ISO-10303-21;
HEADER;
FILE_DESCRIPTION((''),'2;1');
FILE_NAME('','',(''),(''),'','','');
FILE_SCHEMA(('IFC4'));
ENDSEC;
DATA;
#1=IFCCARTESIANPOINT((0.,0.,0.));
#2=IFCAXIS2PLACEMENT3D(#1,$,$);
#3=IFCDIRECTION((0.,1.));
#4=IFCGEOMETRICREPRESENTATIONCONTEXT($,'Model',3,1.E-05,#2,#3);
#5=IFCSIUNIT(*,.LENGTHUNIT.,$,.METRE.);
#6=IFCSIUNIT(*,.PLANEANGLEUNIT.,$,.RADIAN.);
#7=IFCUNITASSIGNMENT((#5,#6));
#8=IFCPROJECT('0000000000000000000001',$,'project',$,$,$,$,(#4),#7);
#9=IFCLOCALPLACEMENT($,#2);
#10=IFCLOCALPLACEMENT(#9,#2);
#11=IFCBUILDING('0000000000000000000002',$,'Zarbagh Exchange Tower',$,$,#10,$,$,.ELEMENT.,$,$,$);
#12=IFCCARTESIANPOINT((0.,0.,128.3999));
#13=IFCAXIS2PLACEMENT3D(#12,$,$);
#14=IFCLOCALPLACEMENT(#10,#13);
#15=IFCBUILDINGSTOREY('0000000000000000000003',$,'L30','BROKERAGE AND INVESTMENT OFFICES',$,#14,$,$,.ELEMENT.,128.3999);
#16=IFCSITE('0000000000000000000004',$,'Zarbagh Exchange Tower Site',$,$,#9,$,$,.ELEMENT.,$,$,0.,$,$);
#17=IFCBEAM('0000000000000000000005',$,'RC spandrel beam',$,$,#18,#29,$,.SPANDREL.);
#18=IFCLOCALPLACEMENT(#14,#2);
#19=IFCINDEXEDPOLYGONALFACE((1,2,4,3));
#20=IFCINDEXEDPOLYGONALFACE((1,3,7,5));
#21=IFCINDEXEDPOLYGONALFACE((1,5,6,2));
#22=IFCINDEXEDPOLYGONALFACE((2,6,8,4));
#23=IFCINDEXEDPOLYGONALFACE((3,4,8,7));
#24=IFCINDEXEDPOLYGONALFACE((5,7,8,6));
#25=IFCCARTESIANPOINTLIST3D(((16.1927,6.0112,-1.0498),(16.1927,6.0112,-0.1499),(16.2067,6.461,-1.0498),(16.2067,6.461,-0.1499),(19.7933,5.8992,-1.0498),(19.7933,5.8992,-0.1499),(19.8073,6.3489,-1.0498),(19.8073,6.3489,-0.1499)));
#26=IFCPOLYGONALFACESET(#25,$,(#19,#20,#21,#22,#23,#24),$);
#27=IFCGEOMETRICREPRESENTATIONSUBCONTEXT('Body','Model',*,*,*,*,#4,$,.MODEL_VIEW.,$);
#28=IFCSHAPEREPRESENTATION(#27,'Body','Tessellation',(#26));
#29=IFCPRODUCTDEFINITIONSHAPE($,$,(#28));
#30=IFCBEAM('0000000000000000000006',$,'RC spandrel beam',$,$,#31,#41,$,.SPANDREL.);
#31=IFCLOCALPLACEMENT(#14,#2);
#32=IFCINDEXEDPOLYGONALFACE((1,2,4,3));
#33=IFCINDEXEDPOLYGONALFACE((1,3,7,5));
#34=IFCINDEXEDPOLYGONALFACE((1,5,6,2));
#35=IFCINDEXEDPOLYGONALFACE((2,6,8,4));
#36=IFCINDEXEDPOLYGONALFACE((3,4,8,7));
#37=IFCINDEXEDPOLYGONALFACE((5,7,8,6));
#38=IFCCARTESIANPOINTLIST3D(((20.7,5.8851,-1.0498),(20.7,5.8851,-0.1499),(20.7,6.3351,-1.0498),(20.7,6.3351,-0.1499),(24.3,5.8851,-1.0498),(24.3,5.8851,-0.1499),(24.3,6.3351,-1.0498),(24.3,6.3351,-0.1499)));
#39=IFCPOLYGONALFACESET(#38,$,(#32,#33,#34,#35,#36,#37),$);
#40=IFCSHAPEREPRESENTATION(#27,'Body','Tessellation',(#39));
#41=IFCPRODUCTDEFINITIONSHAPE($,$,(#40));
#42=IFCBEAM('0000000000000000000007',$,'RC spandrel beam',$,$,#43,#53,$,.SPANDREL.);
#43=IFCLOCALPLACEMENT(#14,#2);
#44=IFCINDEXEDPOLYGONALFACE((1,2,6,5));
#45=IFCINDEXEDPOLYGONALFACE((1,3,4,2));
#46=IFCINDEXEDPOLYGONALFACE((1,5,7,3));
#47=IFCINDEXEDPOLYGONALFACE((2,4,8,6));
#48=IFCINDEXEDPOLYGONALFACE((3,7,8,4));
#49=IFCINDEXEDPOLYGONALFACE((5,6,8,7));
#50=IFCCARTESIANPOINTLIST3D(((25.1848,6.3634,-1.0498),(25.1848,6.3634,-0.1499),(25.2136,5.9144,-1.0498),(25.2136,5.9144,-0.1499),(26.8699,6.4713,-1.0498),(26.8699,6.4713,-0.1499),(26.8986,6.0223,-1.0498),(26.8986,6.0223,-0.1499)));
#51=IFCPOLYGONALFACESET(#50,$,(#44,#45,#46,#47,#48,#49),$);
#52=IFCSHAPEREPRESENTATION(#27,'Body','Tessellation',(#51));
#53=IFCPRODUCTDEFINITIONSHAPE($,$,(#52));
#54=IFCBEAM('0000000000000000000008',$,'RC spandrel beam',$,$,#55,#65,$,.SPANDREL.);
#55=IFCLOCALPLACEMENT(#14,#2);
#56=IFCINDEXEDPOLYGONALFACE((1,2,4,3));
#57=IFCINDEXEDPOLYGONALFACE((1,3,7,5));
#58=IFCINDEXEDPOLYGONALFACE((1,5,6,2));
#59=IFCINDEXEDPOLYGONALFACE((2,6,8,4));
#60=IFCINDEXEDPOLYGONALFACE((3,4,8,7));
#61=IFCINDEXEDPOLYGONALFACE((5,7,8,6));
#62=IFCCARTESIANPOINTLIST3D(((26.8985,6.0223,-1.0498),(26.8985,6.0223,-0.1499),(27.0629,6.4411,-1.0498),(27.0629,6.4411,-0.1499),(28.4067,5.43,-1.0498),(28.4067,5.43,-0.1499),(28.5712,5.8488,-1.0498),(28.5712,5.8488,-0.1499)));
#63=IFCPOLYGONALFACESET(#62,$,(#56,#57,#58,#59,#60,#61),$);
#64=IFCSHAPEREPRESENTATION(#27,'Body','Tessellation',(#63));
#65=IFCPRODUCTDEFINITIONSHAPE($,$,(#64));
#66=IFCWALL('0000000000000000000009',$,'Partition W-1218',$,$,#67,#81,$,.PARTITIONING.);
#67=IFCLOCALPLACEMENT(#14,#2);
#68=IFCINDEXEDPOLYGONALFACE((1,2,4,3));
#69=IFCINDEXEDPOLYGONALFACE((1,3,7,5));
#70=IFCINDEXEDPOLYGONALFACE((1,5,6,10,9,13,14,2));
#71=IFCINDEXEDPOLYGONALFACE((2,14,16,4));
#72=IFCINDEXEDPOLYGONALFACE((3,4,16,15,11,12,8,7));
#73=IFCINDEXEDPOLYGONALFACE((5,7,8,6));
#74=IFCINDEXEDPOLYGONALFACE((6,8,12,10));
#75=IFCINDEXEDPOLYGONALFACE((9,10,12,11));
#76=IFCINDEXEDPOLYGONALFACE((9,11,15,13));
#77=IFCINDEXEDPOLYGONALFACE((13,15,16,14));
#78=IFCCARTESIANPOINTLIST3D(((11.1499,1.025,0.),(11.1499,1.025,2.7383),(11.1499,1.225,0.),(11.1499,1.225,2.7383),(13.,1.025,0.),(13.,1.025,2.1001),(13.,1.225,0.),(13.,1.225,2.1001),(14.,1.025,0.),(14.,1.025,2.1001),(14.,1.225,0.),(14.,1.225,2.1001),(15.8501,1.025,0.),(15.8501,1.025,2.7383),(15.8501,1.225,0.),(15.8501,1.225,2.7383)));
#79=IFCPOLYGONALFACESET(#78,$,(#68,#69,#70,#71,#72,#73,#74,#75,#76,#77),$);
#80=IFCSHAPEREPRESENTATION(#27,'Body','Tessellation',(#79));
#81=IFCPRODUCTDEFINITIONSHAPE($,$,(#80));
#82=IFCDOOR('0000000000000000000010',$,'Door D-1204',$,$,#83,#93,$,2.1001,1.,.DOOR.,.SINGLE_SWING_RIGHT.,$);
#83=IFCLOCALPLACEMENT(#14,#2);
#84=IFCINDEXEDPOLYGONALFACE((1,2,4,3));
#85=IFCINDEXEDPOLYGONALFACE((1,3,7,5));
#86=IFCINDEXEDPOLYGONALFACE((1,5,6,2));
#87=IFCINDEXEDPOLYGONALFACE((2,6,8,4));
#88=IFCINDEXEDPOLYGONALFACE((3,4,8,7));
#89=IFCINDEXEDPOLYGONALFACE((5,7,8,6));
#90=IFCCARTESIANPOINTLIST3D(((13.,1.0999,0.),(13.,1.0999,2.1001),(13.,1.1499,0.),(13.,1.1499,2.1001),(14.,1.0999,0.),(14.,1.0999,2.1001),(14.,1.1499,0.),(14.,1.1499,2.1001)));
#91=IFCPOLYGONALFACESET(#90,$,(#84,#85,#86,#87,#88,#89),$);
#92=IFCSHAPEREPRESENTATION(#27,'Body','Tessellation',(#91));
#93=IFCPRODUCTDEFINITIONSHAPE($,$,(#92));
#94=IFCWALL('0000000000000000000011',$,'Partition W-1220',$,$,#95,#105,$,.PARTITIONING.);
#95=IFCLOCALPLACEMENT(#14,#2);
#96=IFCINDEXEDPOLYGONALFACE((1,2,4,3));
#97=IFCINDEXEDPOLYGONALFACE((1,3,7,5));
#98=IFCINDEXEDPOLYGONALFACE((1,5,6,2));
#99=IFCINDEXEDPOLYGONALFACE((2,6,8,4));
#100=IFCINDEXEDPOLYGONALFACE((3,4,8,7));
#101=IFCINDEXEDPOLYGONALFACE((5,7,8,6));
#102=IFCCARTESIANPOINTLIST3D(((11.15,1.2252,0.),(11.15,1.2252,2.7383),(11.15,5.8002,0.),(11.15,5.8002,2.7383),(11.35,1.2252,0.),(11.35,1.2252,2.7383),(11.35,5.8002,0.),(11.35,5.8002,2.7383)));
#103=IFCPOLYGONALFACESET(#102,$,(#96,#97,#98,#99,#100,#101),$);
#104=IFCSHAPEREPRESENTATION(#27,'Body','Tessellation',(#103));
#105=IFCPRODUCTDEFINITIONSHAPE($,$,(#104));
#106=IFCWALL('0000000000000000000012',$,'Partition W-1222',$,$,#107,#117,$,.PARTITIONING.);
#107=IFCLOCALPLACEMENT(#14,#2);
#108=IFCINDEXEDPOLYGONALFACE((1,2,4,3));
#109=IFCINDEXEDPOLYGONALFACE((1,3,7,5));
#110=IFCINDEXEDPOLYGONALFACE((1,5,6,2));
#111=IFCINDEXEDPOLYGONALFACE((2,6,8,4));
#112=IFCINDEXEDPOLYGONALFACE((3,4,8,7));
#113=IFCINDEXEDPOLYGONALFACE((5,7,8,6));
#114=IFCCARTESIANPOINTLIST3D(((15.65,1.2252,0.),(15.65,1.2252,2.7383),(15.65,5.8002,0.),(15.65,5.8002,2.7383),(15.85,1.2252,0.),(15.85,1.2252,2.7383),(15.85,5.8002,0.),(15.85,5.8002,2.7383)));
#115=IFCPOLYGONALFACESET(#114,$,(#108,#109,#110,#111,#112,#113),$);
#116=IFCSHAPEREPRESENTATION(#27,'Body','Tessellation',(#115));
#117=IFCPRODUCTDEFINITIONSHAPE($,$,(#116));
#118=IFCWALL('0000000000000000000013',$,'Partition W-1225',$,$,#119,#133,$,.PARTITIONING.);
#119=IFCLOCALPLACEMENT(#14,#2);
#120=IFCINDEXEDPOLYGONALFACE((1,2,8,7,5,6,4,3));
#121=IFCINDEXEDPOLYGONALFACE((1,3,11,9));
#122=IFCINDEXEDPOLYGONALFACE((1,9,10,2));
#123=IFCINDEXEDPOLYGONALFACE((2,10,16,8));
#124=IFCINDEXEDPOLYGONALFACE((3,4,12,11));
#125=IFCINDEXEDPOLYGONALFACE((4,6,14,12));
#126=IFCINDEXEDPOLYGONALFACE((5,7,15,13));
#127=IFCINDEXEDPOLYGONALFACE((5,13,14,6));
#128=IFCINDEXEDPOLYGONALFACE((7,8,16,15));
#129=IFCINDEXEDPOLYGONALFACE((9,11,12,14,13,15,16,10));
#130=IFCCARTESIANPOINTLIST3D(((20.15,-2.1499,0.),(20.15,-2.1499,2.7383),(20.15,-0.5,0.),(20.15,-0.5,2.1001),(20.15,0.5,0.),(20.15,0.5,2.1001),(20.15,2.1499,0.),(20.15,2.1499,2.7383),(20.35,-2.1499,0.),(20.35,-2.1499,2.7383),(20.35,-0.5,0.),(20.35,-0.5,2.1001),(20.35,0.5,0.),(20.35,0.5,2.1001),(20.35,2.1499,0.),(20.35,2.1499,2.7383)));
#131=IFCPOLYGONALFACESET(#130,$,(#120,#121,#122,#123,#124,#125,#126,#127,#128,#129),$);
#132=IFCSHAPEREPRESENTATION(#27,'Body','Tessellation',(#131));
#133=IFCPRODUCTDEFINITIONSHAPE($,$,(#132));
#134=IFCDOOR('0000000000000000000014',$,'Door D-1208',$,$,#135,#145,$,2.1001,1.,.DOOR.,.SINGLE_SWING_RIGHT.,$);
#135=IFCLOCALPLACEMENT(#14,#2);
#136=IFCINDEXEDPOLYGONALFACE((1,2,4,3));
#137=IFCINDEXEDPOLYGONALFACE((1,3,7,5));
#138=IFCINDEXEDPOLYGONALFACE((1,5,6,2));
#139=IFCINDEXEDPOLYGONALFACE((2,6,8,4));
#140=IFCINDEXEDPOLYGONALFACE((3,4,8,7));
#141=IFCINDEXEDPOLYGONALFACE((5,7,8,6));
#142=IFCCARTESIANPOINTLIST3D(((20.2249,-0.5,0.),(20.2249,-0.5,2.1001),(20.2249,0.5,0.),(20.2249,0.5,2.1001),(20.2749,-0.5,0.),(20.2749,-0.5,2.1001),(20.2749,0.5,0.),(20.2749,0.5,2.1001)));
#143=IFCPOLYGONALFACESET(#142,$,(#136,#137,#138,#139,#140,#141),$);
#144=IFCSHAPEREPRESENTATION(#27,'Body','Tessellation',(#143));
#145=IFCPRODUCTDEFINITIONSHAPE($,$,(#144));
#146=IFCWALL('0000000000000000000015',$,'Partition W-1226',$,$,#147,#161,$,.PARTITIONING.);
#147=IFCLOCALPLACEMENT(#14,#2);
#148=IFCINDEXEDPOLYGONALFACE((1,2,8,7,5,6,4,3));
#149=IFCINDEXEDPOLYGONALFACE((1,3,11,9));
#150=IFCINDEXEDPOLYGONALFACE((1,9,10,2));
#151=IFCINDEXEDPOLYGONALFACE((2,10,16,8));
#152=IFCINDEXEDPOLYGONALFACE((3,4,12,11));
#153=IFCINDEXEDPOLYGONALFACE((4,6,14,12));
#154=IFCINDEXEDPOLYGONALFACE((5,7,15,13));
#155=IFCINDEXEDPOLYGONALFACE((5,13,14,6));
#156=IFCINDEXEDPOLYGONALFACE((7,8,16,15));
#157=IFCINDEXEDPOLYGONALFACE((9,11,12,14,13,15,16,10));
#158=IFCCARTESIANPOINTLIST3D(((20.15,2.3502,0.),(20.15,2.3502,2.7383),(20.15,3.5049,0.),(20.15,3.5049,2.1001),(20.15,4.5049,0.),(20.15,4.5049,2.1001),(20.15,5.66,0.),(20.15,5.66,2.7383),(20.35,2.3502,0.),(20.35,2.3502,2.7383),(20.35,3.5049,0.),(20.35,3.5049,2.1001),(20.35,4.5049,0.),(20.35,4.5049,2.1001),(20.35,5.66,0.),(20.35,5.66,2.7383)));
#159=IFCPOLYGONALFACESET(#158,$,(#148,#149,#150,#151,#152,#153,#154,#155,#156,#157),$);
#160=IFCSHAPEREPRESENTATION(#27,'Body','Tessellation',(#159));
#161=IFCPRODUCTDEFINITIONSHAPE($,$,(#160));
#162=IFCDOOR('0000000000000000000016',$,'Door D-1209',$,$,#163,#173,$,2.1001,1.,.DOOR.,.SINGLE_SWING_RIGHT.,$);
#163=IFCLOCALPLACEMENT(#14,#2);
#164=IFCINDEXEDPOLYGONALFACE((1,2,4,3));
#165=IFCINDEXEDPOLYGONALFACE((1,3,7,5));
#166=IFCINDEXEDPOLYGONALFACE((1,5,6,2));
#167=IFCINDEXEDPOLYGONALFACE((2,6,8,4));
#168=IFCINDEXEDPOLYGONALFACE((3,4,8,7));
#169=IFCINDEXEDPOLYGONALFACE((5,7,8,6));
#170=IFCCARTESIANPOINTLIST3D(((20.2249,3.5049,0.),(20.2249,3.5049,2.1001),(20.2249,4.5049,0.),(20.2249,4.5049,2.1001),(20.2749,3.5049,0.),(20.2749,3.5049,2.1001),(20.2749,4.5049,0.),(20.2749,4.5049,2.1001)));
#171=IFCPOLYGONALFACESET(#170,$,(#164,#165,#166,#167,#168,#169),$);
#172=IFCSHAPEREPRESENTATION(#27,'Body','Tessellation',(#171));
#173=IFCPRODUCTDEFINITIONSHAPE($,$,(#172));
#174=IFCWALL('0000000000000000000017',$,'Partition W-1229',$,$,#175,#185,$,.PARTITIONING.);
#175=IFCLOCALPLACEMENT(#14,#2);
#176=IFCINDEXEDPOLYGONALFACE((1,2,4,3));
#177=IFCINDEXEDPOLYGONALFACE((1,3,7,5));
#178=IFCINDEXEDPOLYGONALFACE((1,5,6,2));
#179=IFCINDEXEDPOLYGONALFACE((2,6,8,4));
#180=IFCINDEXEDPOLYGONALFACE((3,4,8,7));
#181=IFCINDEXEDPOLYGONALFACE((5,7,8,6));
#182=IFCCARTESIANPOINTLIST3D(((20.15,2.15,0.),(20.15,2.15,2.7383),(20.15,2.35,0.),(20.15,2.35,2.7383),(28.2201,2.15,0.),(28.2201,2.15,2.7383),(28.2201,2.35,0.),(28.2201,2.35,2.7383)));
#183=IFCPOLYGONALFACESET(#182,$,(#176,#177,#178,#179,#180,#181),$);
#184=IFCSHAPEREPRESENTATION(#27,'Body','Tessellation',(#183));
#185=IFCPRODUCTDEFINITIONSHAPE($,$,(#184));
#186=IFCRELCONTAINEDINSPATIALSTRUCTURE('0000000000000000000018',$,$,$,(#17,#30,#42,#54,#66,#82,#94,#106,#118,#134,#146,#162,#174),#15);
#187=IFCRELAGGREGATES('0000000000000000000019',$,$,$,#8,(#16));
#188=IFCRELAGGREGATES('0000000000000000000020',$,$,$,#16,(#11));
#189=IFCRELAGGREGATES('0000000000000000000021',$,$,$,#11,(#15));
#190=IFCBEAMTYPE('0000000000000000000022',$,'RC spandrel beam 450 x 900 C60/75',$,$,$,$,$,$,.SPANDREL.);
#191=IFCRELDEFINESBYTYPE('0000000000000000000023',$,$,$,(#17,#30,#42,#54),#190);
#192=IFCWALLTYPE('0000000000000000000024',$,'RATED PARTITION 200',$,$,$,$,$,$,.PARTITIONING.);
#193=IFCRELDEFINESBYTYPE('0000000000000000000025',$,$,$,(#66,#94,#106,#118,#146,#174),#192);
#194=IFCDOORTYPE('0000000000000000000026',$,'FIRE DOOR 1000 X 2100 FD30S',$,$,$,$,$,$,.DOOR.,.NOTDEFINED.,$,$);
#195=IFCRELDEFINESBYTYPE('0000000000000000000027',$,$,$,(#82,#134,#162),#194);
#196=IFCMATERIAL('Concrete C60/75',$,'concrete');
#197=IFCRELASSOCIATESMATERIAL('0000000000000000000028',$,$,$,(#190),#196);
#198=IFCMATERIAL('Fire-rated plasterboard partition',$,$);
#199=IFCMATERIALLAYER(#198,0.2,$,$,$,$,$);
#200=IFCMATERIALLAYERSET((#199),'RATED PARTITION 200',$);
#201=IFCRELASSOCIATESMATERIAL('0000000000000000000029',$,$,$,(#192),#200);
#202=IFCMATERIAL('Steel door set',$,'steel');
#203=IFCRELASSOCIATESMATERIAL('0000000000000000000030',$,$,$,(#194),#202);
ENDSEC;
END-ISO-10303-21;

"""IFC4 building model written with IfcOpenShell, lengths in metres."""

from ifc_helpers import new_model, si_unit, direction, frame, frame_2d, origin, origin_2d, place, context, subcontext, project, spatial, rectangle, extrude, material, layer, layer_set, material_profile, profile_set, type_object, element, fill, save


model = new_model("IFC4")

# Units and contexts
model_context = context("Model", 3, precision=1e-05, world=origin(), true_north=direction((0.0, 1.0)))
body_context = subcontext(model_context, "Body", "Model", "MODEL_VIEW")
ifc_project = project(units=[si_unit("LENGTHUNIT", "METRE"), si_unit("PLANEANGLEUNIT", "RADIAN")], contexts=[model_context])

# Site, building, storey
site_placement = place(None, origin())
site = spatial("IfcSite", under=ifc_project, at=site_placement, Name="Zarbagh Exchange Tower Site", CompositionType="ELEMENT", RefElevation=0.0)
building_placement = place(site_placement, origin())
building = spatial("IfcBuilding", under=site, at=building_placement, Name="Zarbagh Exchange Tower", CompositionType="ELEMENT")
storey_placement = place(building_placement, frame((0.0, 0.0, 128.3999)))
storey = spatial("IfcBuildingStorey", under=building, at=storey_placement, Name="L30", Description="BROKERAGE AND INVESTMENT OFFICES", CompositionType="ELEMENT", Elevation=128.3999)

# Shared definitions
ifc_material_1 = material(Name="Concrete C60/75", Category="concrete")

# Beams
ifc_material_profile_1 = material_profile(ifc_material_1, rectangle(XDim=0.45, YDim=0.8999, at=origin_2d()), Name="RC spandrel beam 450 x 900 C60/75")
ifc_profile_set_1 = profile_set([ifc_material_profile_1], Name="Concrete C60/75")
beam_type_1 = type_object("IfcBeamType", Name="RC spandrel beam 450 x 900 C60/75", PredefinedType="SPANDREL", material=ifc_profile_set_1)
beam_1_placement = place(storey_placement, frame((16.1997, 6.2361, -0.5999), z_axis=(0.999516, -0.031108, 0.0), x_axis=(0.031108, 0.999516, 0.0)))
element("IfcBeam", 1, at=beam_1_placement, inside=storey, type_object=beam_type_1, Name="RC spandrel beam", PredefinedType="SPANDREL", context=body_context, shape_type="SweptSolid", body=[
    extrude(rectangle(XDim=0.45, YDim=0.8999, at=origin_2d()), origin(), (0.0, 0.0, 1.0), 3.6023),
])
beam_2_placement = place(storey_placement, frame((20.7, 6.1101, -0.5999), z_axis=(1.0, 0.0, 0.0), x_axis=(0.0, 1.0, 0.0)))
element("IfcBeam", 2, at=beam_2_placement, inside=storey, type_object=beam_type_1, Name="RC spandrel beam", PredefinedType="SPANDREL", context=body_context, shape_type="SweptSolid", body=[
    extrude(rectangle(XDim=0.45, YDim=0.8999, at=origin_2d()), origin(), (0.0, 0.0, 1.0), 3.6001),
])
beam_3_placement = place(storey_placement, frame((25.1992, 6.1389, -0.5999), z_axis=(0.997956, 0.063908, 0.0), x_axis=(-0.063908, 0.997956, 0.0)))
element("IfcBeam", 3, at=beam_3_placement, inside=storey, type_object=beam_type_1, Name="RC spandrel beam", PredefinedType="SPANDREL", context=body_context, shape_type="SweptSolid", body=[
    extrude(rectangle(XDim=0.45, YDim=0.8999, at=origin_2d()), origin(), (0.0, 0.0, 1.0), 1.6885),
])
beam_4_placement = place(storey_placement, frame((26.9807, 6.2317, -0.5999), z_axis=(0.930806, -0.365513, 0.0), x_axis=(0.365513, 0.930806, 0.0)))
element("IfcBeam", 4, at=beam_4_placement, inside=storey, type_object=beam_type_1, Name="RC spandrel beam", PredefinedType="SPANDREL", context=body_context, shape_type="SweptSolid", body=[
    extrude(rectangle(XDim=0.45, YDim=0.8999, at=origin_2d()), origin(), (0.0, 0.0, 1.0), 1.6204),
])

# Wall, opening, door
ifc_material_2 = material(Name="Fire-rated plasterboard partition")
ifc_layer = layer(ifc_material_2, 0.2)
ifc_layer_set = layer_set([ifc_layer], Name="RATED PARTITION 200")
wall_type = type_object("IfcWallType", Name="RATED PARTITION 200", PredefinedType="PARTITIONING", material=ifc_layer_set)
wall_1_placement = place(storey_placement, frame((11.1499, 1.125, 0.0), z_axis=(0.0, 0.0, 1.0), x_axis=(1.0, 0.0, 0.0)))
wall_1 = element("IfcWall", 5, at=wall_1_placement, inside=storey, type_object=wall_type, Name="Partition W-1218", PredefinedType="PARTITIONING", context=body_context, shape_type="SweptSolid", body=[
    extrude(rectangle(XDim=4.7002, YDim=0.2, at=frame_2d((2.3501, 0.0))), origin(), (0.0, 0.0, 1.0), 2.7383),
])
opening_1_placement = place(wall_1_placement, frame((1.8501, 0.0, 0.0)))
opening_1 = element("IfcOpeningElement", 6, at=opening_1_placement, cuts=wall_1, PredefinedType="OPENING", context=body_context, shape_type="SweptSolid", body=[
    extrude(rectangle(XDim=1.0, YDim=2.1001, at=frame_2d((0.5, 1.05))), frame((0.0, 0.1099, 0.0), z_axis=(0.0, -1.0, 0.0), x_axis=(1.0, 0.0, 0.0)), (0.0, 0.0, 1.0), 0.22),
])
ifc_material_3 = material(Name="Steel door set", Category="steel")
door_type = type_object("IfcDoorType", Name="FIRE DOOR 1000 X 2100 FD30S", OperationType="NOTDEFINED", PredefinedType="DOOR", material=ifc_material_3)
door_1_placement = place(opening_1_placement, origin())
door_1 = element("IfcDoor", 7, at=door_1_placement, inside=storey, type_object=door_type, Name="Door D-1204", OperationType="SINGLE_SWING_RIGHT", OverallHeight=2.1001, OverallWidth=1.0, PredefinedType="DOOR", context=body_context, shape_type="SweptSolid", body=[
    extrude(rectangle(XDim=1.0, YDim=2.1001, at=frame_2d((0.5, 1.05))), frame((0.0, 0.0249, 0.0), z_axis=(0.0, -1.0, 0.0), x_axis=(1.0, 0.0, 0.0)), (0.0, 0.0, 1.0), 0.05),
])
fill(opening_1, door_1)

# Walls
for number, where, z_axis, x_axis, name in (
    (8, (11.25, 1.2251, 0.0), (0.0, 0.0, 1.0), (0.0, 1.0, 0.0), "Partition W-1220"),
    (9, (15.75, 1.2251, 0.0), (0.0, 0.0, 1.0), (0.0, 1.0, 0.0), "Partition W-1222"),
):
    element("IfcWall", number, at=place(storey_placement, frame(where, z_axis=z_axis, x_axis=x_axis)), inside=storey, type_object=wall_type, Name=name, PredefinedType="PARTITIONING", context=body_context, shape_type="SweptSolid", body=[
        extrude(rectangle(XDim=4.575, YDim=0.2, at=frame_2d((2.2876, 0.0))), origin(), (0.0, 0.0, 1.0), 2.7383),
    ])

# Walls, openings, doors
wall_2_placement = place(storey_placement, frame((20.25, 2.1499, 0.0), z_axis=(0.0, 0.0, 1.0), x_axis=(0.0, -1.0, 0.0)))
wall_2 = element("IfcWall", 10, at=wall_2_placement, inside=storey, type_object=wall_type, Name="Partition W-1225", PredefinedType="PARTITIONING", context=body_context, shape_type="SweptSolid", body=[
    extrude(rectangle(XDim=4.2998, YDim=0.2, at=frame_2d((2.1499, 0.0))), origin(), (0.0, 0.0, 1.0), 2.7383),
])
opening_2_placement = place(wall_2_placement, frame((1.6499, 0.0, 0.0)))
opening_2 = element("IfcOpeningElement", 11, at=opening_2_placement, cuts=wall_2, PredefinedType="OPENING", context=body_context, shape_type="SweptSolid", body=[
    extrude(rectangle(XDim=1.0, YDim=2.1001, at=frame_2d((0.5, 1.05))), frame((0.0, 0.1099, 0.0), z_axis=(0.0, -1.0, 0.0), x_axis=(1.0, 0.0, 0.0)), (0.0, 0.0, 1.0), 0.22),
])
door_2_placement = place(opening_2_placement, origin())
door_2 = element("IfcDoor", 12, at=door_2_placement, inside=storey, type_object=door_type, Name="Door D-1208", OperationType="SINGLE_SWING_RIGHT", OverallHeight=2.1001, OverallWidth=1.0, PredefinedType="DOOR", context=body_context, shape_type="SweptSolid", body=[
    extrude(rectangle(XDim=1.0, YDim=2.1001, at=frame_2d((0.5, 1.05))), frame((0.0, 0.0249, 0.0), z_axis=(0.0, -1.0, 0.0), x_axis=(1.0, 0.0, 0.0)), (0.0, 0.0, 1.0), 0.05),
])
fill(opening_2, door_2)
wall_3_placement = place(storey_placement, frame((20.25, 5.6599, 0.0), z_axis=(0.0, 0.0, 1.0), x_axis=(0.0, -1.0, 0.0)))
wall_3 = element("IfcWall", 13, at=wall_3_placement, inside=storey, type_object=wall_type, Name="Partition W-1226", PredefinedType="PARTITIONING", context=body_context, shape_type="SweptSolid", body=[
    extrude(rectangle(XDim=3.3098, YDim=0.2, at=frame_2d((1.6548, 0.0))), origin(), (0.0, 0.0, 1.0), 2.7383),
])
opening_3_placement = place(wall_3_placement, frame((1.155, 0.0, 0.0)))
opening_3 = element("IfcOpeningElement", 14, at=opening_3_placement, cuts=wall_3, PredefinedType="OPENING", context=body_context, shape_type="SweptSolid", body=[
    extrude(rectangle(XDim=1.0, YDim=2.1001, at=frame_2d((0.5, 1.05))), frame((0.0, 0.1099, 0.0), z_axis=(0.0, -1.0, 0.0), x_axis=(1.0, 0.0, 0.0)), (0.0, 0.0, 1.0), 0.22),
])
door_3_placement = place(opening_3_placement, origin())
door_3 = element("IfcDoor", 15, at=door_3_placement, inside=storey, type_object=door_type, Name="Door D-1209", OperationType="SINGLE_SWING_RIGHT", OverallHeight=2.1001, OverallWidth=1.0, PredefinedType="DOOR", context=body_context, shape_type="SweptSolid", body=[
    extrude(rectangle(XDim=1.0, YDim=2.1001, at=frame_2d((0.5, 1.05))), frame((0.0, 0.0249, 0.0), z_axis=(0.0, -1.0, 0.0), x_axis=(1.0, 0.0, 0.0)), (0.0, 0.0, 1.0), 0.05),
])
fill(opening_3, door_3)

# Wall
wall_4_placement = place(storey_placement, frame((20.1499, 2.25, 0.0), z_axis=(0.0, 0.0, 1.0), x_axis=(1.0, 0.0, 0.0)))
element("IfcWall", 16, at=wall_4_placement, inside=storey, type_object=wall_type, Name="Partition W-1229", PredefinedType="PARTITIONING", context=body_context, shape_type="SweptSolid", body=[
    extrude(rectangle(XDim=8.0701, YDim=0.2, at=frame_2d((4.0352, 0.0))), origin(), (0.0, 0.0, 1.0), 2.7383),
])

save(model, "model.ifc")
